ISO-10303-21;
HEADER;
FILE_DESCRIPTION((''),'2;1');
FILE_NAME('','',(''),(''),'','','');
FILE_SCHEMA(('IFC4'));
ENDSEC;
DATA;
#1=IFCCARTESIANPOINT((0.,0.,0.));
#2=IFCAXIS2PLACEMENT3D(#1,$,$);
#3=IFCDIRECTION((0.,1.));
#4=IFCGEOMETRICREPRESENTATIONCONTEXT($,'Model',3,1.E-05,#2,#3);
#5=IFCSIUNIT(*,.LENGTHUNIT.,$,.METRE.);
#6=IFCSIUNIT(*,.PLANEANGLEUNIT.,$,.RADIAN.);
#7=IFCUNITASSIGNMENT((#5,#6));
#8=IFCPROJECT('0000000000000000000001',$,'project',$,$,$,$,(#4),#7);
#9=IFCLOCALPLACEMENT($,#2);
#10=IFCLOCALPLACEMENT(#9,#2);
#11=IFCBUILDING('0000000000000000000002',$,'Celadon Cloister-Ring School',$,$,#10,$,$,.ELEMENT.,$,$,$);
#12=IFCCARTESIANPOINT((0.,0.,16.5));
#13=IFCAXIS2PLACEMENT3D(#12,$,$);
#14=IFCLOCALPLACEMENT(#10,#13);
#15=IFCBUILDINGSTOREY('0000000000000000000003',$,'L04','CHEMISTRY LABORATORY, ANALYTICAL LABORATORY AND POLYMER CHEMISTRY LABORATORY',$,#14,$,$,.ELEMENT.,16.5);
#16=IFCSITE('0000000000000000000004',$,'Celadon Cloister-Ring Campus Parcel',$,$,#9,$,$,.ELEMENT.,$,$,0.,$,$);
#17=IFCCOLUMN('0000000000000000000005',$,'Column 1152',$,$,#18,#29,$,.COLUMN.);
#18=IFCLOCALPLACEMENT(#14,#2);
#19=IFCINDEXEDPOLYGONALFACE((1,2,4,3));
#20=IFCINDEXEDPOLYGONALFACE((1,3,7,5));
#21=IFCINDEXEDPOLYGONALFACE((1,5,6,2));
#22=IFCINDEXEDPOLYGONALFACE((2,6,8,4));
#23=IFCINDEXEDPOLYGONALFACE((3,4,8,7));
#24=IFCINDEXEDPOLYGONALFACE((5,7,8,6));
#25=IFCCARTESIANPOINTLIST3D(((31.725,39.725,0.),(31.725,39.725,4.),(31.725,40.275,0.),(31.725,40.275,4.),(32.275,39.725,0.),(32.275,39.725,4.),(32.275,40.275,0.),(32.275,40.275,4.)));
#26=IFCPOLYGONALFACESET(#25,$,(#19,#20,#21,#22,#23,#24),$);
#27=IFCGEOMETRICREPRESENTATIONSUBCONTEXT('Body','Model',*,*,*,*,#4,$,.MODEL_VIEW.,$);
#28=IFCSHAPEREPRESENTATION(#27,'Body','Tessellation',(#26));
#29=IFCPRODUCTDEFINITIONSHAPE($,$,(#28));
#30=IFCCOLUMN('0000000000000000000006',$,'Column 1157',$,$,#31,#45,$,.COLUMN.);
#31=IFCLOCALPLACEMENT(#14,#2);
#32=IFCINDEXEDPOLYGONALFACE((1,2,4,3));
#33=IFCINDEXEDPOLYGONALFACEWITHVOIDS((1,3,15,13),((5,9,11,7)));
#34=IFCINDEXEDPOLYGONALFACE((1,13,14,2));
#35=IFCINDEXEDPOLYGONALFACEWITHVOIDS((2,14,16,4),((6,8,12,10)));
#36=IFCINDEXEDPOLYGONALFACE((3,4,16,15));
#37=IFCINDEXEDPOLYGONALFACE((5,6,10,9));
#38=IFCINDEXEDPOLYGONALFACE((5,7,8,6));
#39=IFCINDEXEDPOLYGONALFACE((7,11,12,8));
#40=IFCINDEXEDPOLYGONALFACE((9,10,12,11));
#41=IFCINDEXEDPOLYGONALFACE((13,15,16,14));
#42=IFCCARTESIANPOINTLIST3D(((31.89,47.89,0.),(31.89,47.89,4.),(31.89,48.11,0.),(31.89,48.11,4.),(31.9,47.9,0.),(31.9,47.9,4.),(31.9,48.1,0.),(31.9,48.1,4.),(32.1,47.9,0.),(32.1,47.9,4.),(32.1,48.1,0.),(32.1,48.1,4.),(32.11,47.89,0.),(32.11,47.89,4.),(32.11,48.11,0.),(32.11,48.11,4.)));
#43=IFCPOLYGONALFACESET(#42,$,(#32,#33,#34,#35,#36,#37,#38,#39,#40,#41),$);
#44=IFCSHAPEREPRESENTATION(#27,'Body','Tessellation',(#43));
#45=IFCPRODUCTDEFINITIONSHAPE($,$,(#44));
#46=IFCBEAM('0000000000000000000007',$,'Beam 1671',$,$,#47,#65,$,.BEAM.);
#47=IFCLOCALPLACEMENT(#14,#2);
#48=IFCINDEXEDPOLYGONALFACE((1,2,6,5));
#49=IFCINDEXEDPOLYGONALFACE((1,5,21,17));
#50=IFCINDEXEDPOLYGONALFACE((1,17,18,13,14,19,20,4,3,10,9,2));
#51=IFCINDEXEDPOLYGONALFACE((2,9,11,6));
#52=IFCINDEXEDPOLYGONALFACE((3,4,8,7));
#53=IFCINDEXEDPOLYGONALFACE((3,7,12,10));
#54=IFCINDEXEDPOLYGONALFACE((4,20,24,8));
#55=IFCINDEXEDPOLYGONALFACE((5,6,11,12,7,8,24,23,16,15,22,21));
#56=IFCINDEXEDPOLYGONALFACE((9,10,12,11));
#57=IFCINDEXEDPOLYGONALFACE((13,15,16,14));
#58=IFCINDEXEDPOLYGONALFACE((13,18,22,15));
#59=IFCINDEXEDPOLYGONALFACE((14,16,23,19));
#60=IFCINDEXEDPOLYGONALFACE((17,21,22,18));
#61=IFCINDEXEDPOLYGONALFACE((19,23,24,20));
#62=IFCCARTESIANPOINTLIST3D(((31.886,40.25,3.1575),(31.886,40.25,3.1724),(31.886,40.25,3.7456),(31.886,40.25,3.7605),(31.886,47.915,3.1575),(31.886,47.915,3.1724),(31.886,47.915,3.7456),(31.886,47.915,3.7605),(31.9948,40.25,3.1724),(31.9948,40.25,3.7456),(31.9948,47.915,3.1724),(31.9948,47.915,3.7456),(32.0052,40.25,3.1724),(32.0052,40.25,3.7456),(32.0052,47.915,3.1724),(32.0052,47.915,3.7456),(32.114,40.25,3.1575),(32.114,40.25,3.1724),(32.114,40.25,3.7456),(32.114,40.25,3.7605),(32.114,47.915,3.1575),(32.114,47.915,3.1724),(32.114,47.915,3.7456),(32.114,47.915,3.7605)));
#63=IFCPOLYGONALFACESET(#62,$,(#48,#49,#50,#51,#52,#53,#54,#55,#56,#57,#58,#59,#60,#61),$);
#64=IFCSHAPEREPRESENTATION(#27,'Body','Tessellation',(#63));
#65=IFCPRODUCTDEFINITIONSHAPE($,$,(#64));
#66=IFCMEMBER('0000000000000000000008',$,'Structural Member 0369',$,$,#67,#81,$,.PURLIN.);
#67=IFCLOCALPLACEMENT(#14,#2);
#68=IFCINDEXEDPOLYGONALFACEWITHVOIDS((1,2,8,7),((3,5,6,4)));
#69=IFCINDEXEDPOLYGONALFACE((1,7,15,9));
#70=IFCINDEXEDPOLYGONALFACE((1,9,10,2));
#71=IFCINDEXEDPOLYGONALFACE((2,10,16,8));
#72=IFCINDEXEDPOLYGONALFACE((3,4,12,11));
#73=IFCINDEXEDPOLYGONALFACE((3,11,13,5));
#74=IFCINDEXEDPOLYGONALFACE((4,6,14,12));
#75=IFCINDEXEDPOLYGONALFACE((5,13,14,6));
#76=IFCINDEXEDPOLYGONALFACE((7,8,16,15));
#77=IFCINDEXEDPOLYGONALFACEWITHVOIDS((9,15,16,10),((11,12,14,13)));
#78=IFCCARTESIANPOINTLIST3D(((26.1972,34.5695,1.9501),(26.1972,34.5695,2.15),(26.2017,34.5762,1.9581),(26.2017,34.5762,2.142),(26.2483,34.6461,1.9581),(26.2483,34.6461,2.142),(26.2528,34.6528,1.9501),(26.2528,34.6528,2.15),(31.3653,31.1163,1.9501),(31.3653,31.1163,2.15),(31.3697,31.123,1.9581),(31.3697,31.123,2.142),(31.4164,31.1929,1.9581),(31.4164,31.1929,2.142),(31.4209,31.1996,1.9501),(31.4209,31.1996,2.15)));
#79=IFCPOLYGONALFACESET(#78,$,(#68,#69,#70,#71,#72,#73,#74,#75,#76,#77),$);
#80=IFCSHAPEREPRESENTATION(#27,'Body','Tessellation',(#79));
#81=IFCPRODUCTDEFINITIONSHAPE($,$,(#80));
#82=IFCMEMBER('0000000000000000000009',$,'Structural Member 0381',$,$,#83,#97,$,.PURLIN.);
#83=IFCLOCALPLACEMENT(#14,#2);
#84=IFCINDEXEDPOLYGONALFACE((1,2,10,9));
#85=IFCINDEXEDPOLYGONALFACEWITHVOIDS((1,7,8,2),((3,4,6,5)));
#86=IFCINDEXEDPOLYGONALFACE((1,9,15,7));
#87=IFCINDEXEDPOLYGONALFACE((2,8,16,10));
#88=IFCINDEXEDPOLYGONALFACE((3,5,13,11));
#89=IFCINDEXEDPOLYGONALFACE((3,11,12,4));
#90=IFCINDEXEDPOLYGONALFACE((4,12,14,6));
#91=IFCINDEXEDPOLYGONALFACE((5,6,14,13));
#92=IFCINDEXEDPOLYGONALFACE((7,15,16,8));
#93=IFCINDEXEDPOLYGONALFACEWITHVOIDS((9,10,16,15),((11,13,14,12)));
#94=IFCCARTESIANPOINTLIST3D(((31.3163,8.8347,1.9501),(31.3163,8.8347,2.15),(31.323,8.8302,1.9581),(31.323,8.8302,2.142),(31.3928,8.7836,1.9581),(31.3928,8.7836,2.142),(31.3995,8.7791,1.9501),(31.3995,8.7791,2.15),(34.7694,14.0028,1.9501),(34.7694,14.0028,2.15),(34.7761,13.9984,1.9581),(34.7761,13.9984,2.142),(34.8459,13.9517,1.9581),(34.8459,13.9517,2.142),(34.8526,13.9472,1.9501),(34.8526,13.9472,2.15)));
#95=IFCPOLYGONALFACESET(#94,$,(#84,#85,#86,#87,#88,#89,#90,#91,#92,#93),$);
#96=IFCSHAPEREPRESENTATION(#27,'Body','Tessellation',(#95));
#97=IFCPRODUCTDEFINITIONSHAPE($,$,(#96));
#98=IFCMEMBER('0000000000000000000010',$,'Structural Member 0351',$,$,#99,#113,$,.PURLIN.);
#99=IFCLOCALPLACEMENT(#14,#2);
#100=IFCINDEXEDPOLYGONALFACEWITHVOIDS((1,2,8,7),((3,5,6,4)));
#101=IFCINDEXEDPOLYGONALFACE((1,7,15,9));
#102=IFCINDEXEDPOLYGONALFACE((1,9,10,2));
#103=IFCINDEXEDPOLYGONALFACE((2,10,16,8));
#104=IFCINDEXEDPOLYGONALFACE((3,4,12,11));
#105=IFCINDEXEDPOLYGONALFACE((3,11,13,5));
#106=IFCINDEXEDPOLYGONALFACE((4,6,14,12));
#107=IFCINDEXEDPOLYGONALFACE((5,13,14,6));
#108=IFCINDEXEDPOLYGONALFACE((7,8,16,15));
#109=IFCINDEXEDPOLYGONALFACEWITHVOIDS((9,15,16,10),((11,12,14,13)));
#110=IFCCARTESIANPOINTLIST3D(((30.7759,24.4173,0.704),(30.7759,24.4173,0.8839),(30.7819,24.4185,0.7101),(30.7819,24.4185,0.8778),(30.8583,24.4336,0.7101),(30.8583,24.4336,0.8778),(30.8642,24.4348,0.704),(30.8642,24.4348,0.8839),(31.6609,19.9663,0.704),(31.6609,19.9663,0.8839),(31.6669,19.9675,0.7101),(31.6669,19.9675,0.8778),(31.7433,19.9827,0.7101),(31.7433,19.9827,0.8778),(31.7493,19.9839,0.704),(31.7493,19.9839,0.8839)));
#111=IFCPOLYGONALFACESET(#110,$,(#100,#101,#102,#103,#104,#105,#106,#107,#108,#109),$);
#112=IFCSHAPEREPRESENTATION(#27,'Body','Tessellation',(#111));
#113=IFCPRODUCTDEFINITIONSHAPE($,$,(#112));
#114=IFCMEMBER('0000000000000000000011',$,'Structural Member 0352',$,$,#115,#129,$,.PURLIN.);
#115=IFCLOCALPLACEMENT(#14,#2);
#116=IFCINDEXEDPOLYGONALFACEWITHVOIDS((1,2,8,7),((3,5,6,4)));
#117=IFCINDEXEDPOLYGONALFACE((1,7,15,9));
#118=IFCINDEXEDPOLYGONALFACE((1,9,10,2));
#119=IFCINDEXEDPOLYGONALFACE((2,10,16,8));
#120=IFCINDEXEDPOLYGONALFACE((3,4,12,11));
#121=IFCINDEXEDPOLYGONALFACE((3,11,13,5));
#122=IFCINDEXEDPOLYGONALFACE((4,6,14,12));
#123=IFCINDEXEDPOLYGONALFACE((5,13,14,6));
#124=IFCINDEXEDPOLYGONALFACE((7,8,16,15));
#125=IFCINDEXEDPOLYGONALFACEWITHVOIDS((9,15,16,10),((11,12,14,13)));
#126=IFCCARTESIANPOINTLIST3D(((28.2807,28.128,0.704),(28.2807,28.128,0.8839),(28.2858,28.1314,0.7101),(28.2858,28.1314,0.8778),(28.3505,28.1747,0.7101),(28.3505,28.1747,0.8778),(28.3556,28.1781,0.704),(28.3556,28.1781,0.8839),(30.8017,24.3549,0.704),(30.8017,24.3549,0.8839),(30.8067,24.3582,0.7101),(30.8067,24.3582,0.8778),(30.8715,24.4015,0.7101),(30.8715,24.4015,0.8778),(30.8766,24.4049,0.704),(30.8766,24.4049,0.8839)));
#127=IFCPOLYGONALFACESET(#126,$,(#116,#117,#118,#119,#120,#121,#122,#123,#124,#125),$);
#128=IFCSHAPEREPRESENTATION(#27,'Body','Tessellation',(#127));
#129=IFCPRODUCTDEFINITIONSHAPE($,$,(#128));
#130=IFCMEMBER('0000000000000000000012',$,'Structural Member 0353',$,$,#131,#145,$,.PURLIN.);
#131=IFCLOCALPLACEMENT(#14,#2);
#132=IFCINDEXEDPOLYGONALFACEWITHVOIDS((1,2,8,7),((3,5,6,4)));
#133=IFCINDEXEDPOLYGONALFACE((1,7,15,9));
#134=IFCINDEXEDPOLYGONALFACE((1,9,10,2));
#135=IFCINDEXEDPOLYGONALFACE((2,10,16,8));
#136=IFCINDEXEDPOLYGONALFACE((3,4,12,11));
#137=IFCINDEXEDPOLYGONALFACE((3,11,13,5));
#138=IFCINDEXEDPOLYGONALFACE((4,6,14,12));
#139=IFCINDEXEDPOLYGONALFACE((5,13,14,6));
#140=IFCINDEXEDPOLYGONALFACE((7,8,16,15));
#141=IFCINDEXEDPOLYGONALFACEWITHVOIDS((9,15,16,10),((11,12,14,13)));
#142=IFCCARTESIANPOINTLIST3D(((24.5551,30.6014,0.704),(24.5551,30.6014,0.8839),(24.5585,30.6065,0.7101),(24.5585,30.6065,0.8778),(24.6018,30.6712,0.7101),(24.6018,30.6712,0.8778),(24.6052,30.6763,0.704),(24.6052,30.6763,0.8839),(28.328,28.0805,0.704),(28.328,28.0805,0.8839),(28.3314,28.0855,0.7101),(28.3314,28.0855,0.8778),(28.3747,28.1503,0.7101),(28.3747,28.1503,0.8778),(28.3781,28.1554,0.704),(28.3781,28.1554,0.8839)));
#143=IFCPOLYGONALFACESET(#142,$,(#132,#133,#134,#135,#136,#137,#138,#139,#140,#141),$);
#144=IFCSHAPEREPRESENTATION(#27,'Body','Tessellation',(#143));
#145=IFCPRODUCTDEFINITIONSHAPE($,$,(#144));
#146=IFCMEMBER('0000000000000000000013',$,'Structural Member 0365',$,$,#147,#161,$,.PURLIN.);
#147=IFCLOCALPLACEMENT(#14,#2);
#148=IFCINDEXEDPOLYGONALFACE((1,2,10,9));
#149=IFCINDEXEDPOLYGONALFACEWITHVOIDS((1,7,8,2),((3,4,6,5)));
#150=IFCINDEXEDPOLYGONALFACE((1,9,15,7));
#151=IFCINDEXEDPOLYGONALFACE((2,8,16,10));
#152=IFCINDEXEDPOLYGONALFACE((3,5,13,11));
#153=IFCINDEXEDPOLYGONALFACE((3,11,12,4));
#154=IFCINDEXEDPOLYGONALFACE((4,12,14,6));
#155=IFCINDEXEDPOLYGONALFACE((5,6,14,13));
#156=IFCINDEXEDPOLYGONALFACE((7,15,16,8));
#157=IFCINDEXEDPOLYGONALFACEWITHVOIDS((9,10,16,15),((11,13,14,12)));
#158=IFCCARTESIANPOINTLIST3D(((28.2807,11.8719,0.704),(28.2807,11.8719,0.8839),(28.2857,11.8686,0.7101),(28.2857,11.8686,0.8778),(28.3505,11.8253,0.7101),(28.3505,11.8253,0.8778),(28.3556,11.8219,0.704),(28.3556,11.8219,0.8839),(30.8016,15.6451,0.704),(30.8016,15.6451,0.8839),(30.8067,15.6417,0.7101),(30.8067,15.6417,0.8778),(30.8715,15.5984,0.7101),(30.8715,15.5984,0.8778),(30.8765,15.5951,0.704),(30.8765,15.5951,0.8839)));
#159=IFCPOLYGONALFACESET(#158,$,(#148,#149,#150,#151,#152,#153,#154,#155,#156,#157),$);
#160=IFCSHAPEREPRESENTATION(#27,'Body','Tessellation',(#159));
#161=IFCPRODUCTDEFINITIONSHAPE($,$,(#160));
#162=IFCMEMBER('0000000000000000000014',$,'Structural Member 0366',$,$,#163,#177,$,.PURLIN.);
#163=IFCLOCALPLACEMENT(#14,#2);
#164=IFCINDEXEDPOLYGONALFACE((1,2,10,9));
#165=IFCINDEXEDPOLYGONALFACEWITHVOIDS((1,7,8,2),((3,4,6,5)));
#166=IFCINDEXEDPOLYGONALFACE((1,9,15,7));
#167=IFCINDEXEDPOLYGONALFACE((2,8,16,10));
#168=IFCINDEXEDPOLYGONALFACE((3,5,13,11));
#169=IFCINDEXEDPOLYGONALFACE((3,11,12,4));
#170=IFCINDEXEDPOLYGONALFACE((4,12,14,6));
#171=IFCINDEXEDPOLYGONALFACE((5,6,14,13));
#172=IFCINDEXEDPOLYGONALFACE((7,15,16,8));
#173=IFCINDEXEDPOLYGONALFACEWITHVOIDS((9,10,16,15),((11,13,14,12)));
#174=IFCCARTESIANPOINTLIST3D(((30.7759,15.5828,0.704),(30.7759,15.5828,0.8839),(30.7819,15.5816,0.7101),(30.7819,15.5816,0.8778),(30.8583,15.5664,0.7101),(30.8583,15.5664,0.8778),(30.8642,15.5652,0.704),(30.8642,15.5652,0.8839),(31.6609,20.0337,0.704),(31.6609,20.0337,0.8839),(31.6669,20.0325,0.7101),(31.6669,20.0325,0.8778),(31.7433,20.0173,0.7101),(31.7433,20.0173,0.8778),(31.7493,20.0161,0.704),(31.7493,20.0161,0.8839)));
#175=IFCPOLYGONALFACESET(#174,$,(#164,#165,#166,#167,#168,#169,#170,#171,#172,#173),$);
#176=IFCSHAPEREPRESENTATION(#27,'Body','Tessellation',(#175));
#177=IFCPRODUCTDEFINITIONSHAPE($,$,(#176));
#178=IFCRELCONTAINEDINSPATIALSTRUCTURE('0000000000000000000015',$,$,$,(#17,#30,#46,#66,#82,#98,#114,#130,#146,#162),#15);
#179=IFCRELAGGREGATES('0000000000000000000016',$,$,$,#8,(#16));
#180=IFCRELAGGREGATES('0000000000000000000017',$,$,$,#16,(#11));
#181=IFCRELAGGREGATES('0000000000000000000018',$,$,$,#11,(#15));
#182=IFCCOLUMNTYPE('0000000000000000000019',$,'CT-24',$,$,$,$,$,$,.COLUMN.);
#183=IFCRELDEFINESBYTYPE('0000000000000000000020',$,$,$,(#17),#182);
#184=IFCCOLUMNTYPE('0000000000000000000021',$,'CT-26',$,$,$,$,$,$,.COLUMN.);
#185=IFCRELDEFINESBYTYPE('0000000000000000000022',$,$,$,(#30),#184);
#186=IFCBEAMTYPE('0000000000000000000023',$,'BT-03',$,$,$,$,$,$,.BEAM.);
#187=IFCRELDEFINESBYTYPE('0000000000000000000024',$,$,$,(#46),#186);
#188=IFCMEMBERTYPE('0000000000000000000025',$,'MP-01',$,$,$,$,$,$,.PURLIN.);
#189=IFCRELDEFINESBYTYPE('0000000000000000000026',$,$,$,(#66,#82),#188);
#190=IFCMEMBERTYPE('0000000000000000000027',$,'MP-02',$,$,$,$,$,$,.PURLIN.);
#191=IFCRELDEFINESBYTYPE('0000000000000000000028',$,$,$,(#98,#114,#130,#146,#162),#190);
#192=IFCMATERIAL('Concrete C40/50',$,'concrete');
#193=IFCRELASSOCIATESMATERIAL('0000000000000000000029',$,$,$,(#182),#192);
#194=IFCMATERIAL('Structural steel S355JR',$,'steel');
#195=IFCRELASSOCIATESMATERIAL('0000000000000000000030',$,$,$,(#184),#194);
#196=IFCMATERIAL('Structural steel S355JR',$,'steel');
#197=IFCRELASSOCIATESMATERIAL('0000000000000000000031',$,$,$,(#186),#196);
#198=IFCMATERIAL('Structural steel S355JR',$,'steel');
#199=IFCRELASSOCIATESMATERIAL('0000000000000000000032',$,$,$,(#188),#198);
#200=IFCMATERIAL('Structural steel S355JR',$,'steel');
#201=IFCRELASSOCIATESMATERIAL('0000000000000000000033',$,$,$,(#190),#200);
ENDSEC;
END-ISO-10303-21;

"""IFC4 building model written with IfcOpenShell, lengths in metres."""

from ifc_helpers import new_model, si_unit, direction, frame, origin, origin_2d, place, context, subcontext, project, spatial, rectangle, hollow_rectangle, i_section, extrude, material, material_profile, profile_set, type_object, element, save


model = new_model("IFC4")

# Units and contexts
model_context = context("Model", 3, precision=1e-05, world=origin(), true_north=direction((0.0, 1.0)))
body_context = subcontext(model_context, "Body", "Model", "MODEL_VIEW")
ifc_project = project(units=[si_unit("LENGTHUNIT", "METRE"), si_unit("PLANEANGLEUNIT", "RADIAN")], contexts=[model_context])

# Site, building, storey
site_placement = place(None, origin())
site = spatial("IfcSite", under=ifc_project, at=site_placement, Name="Celadon Cloister-Ring Campus Parcel", CompositionType="ELEMENT", RefElevation=0.0)
building_placement = place(site_placement, origin())
building = spatial("IfcBuilding", under=site, at=building_placement, Name="Celadon Cloister-Ring School", CompositionType="ELEMENT")
storey_placement = place(building_placement, frame((0.0, 0.0, 16.5)))
storey = spatial("IfcBuildingStorey", under=building, at=storey_placement, Name="L04", Description="CHEMISTRY LABORATORY, ANALYTICAL LABORATORY AND POLYMER CHEMISTRY LABORATORY", CompositionType="ELEMENT", Elevation=16.5)

# Columns
ifc_material_1 = material(Name="Concrete C40/50", Category="concrete")
ifc_material_profile_1 = material_profile(ifc_material_1, rectangle(XDim=0.55, YDim=0.55, at=origin_2d()), Name="RC550X550")
ifc_profile_set_1 = profile_set([ifc_material_profile_1], Name="Concrete C40/50")
column_type_1 = type_object("IfcColumnType", Name="CT-24", PredefinedType="COLUMN", material=ifc_profile_set_1)
column_1_placement = place(storey_placement, frame((32.0, 40.0, 0.0), z_axis=(0.0, 0.0, 1.0), x_axis=(1.0, 0.0, 0.0)))
element("IfcColumn", 1, at=column_1_placement, inside=storey, type_object=column_type_1, Name="Column 1152", PredefinedType="COLUMN", context=body_context, shape_type="SweptSolid", body=[
    extrude(rectangle(XDim=0.55, YDim=0.55, at=origin_2d()), origin(), (0.0, 0.0, 1.0), 4.0),
])
ifc_material_2 = material(Name="Structural steel S355JR", Category="steel")
ifc_material_profile_2 = material_profile(ifc_material_2, hollow_rectangle(XDim=0.22, YDim=0.22, WallThickness=0.01, at=origin_2d()), Name="HSS220X220X10")
ifc_profile_set_2 = profile_set([ifc_material_profile_2], Name="Structural steel S355JR")
column_type_2 = type_object("IfcColumnType", Name="CT-26", PredefinedType="COLUMN", material=ifc_profile_set_2)
column_2_placement = place(storey_placement, frame((32.0, 48.0, 0.0), z_axis=(0.0, 0.0, 1.0), x_axis=(1.0, 0.0, 0.0)))
element("IfcColumn", 2, at=column_2_placement, inside=storey, type_object=column_type_2, Name="Column 1157", PredefinedType="COLUMN", context=body_context, shape_type="SweptSolid", body=[
    extrude(hollow_rectangle(XDim=0.22, YDim=0.22, WallThickness=0.01, at=origin_2d()), origin(), (0.0, 0.0, 1.0), 4.0),
])

# Beam
ifc_material_3 = material(Name="Structural steel S355JR", Category="steel")
ifc_material_profile_3 = material_profile(ifc_material_3, i_section(OverallWidth=0.228, OverallDepth=0.603, WebThickness=0.0105, FlangeThickness=0.0149, at=origin_2d()), Name="W610X101")
ifc_profile_set_3 = profile_set([ifc_material_profile_3], Name="Structural steel S355JR")
beam_type = type_object("IfcBeamType", Name="BT-03", PredefinedType="BEAM", material=ifc_profile_set_3)
beam_placement = place(storey_placement, frame((32.0, 40.25, 3.459), z_axis=(0.0, 1.0, 0.0), x_axis=(-1.0, 0.0, 0.0)))
element("IfcBeam", 3, at=beam_placement, inside=storey, type_object=beam_type, Name="Beam 1671", PredefinedType="BEAM", context=body_context, shape_type="SweptSolid", body=[
    extrude(i_section(OverallWidth=0.228, OverallDepth=0.603, WebThickness=0.0105, FlangeThickness=0.0149, at=origin_2d()), origin(), (0.0, 0.0, 1.0), 7.665),
])

# Members
ifc_material_4 = material(Name="Structural steel S355JR", Category="steel")
ifc_material_profile_4 = material_profile(ifc_material_4, hollow_rectangle(XDim=0.1001, YDim=0.2, WallThickness=0.0081, at=origin_2d()), Name="HSS200X100X8")
ifc_profile_set_4 = profile_set([ifc_material_profile_4], Name="Structural steel S355JR")
member_type_1 = type_object("IfcMemberType", Name="MP-01", PredefinedType="PURLIN", material=ifc_profile_set_4)
for number, where, z_axis, x_axis, name in (
    (4, (31.3931, 31.158, 2.05), (-0.83147, 0.55557, 0.0), (-0.55557, -0.83147, 0.0), "Structural Member 0369"),
    (5, (31.3579, 8.8069, 2.05), (0.555552, 0.831482, 0.0), (-0.831482, 0.555552, 0.0), "Structural Member 0381"),
):
    element("IfcMember", number, at=place(storey_placement, frame(where, z_axis=z_axis, x_axis=x_axis)), inside=storey, type_object=member_type_1, Name=name, PredefinedType="PURLIN", context=body_context, shape_type="SweptSolid", body=[
        extrude(hollow_rectangle(XDim=0.1001, YDim=0.2, WallThickness=0.0081, at=origin_2d()), origin(), (0.0, 0.0, 1.0), 6.2156),
    ])
ifc_material_5 = material(Name="Structural steel S355JR", Category="steel")
ifc_material_profile_5 = material_profile(ifc_material_5, hollow_rectangle(XDim=0.0901, YDim=0.1799, WallThickness=0.0061, at=origin_2d()), Name="HSS180X90X6")
ifc_profile_set_5 = profile_set([ifc_material_profile_5], Name="Structural steel S355JR")
member_type_2 = type_object("IfcMemberType", Name="MP-02", PredefinedType="PURLIN", material=ifc_profile_set_5)
member_1_placement = place(storey_placement, frame((31.7051, 19.9751, 0.7939), z_axis=(-0.195019, 0.980799, 0.0), x_axis=(-0.980799, -0.195019, 0.0)))
element("IfcMember", 6, at=member_1_placement, inside=storey, type_object=member_type_2, Name="Structural Member 0351", PredefinedType="PURLIN", context=body_context, shape_type="SweptSolid", body=[
    extrude(hollow_rectangle(XDim=0.0901, YDim=0.1799, WallThickness=0.0061, at=origin_2d()), origin(), (0.0, 0.0, 1.0), 4.5381),
])
member_2_placement = place(storey_placement, frame((30.8391, 24.3799, 0.7939), z_axis=(-0.555544, 0.831487, 0.0), x_axis=(-0.831487, -0.555544, 0.0)))
element("IfcMember", 7, at=member_2_placement, inside=storey, type_object=member_type_2, Name="Structural Member 0352", PredefinedType="PURLIN", context=body_context, shape_type="SweptSolid", body=[
    extrude(hollow_rectangle(XDim=0.0901, YDim=0.1799, WallThickness=0.0061, at=origin_2d()), origin(), (0.0, 0.0, 1.0), 4.5378),
])
member_3_placement = place(storey_placement, frame((28.353, 28.1179, 0.7939), z_axis=(-0.83147, 0.555569, 0.0), x_axis=(-0.555569, -0.83147, 0.0)))
element("IfcMember", 8, at=member_3_placement, inside=storey, type_object=member_type_2, Name="Structural Member 0353", PredefinedType="PURLIN", context=body_context, shape_type="SweptSolid", body=[
    extrude(hollow_rectangle(XDim=0.0901, YDim=0.1799, WallThickness=0.0061, at=origin_2d()), origin(), (0.0, 0.0, 1.0), 4.5376),
])
member_4_placement = place(storey_placement, frame((28.3181, 11.8469, 0.7939), z_axis=(0.555544, 0.831487, 0.0), x_axis=(-0.831487, 0.555544, 0.0)))
element("IfcMember", 9, at=member_4_placement, inside=storey, type_object=member_type_2, Name="Structural Member 0365", PredefinedType="PURLIN", context=body_context, shape_type="SweptSolid", body=[
    extrude(hollow_rectangle(XDim=0.0901, YDim=0.1799, WallThickness=0.0061, at=origin_2d()), origin(), (0.0, 0.0, 1.0), 4.5378),
])
member_5_placement = place(storey_placement, frame((30.8201, 15.574, 0.7939), z_axis=(0.195019, 0.980799, 0.0), x_axis=(-0.980799, 0.195019, 0.0)))
element("IfcMember", 10, at=member_5_placement, inside=storey, type_object=member_type_2, Name="Structural Member 0366", PredefinedType="PURLIN", context=body_context, shape_type="SweptSolid", body=[
    extrude(hollow_rectangle(XDim=0.0901, YDim=0.1799, WallThickness=0.0061, at=origin_2d()), origin(), (0.0, 0.0, 1.0), 4.5381),
])

save(model, "model.ifc")
